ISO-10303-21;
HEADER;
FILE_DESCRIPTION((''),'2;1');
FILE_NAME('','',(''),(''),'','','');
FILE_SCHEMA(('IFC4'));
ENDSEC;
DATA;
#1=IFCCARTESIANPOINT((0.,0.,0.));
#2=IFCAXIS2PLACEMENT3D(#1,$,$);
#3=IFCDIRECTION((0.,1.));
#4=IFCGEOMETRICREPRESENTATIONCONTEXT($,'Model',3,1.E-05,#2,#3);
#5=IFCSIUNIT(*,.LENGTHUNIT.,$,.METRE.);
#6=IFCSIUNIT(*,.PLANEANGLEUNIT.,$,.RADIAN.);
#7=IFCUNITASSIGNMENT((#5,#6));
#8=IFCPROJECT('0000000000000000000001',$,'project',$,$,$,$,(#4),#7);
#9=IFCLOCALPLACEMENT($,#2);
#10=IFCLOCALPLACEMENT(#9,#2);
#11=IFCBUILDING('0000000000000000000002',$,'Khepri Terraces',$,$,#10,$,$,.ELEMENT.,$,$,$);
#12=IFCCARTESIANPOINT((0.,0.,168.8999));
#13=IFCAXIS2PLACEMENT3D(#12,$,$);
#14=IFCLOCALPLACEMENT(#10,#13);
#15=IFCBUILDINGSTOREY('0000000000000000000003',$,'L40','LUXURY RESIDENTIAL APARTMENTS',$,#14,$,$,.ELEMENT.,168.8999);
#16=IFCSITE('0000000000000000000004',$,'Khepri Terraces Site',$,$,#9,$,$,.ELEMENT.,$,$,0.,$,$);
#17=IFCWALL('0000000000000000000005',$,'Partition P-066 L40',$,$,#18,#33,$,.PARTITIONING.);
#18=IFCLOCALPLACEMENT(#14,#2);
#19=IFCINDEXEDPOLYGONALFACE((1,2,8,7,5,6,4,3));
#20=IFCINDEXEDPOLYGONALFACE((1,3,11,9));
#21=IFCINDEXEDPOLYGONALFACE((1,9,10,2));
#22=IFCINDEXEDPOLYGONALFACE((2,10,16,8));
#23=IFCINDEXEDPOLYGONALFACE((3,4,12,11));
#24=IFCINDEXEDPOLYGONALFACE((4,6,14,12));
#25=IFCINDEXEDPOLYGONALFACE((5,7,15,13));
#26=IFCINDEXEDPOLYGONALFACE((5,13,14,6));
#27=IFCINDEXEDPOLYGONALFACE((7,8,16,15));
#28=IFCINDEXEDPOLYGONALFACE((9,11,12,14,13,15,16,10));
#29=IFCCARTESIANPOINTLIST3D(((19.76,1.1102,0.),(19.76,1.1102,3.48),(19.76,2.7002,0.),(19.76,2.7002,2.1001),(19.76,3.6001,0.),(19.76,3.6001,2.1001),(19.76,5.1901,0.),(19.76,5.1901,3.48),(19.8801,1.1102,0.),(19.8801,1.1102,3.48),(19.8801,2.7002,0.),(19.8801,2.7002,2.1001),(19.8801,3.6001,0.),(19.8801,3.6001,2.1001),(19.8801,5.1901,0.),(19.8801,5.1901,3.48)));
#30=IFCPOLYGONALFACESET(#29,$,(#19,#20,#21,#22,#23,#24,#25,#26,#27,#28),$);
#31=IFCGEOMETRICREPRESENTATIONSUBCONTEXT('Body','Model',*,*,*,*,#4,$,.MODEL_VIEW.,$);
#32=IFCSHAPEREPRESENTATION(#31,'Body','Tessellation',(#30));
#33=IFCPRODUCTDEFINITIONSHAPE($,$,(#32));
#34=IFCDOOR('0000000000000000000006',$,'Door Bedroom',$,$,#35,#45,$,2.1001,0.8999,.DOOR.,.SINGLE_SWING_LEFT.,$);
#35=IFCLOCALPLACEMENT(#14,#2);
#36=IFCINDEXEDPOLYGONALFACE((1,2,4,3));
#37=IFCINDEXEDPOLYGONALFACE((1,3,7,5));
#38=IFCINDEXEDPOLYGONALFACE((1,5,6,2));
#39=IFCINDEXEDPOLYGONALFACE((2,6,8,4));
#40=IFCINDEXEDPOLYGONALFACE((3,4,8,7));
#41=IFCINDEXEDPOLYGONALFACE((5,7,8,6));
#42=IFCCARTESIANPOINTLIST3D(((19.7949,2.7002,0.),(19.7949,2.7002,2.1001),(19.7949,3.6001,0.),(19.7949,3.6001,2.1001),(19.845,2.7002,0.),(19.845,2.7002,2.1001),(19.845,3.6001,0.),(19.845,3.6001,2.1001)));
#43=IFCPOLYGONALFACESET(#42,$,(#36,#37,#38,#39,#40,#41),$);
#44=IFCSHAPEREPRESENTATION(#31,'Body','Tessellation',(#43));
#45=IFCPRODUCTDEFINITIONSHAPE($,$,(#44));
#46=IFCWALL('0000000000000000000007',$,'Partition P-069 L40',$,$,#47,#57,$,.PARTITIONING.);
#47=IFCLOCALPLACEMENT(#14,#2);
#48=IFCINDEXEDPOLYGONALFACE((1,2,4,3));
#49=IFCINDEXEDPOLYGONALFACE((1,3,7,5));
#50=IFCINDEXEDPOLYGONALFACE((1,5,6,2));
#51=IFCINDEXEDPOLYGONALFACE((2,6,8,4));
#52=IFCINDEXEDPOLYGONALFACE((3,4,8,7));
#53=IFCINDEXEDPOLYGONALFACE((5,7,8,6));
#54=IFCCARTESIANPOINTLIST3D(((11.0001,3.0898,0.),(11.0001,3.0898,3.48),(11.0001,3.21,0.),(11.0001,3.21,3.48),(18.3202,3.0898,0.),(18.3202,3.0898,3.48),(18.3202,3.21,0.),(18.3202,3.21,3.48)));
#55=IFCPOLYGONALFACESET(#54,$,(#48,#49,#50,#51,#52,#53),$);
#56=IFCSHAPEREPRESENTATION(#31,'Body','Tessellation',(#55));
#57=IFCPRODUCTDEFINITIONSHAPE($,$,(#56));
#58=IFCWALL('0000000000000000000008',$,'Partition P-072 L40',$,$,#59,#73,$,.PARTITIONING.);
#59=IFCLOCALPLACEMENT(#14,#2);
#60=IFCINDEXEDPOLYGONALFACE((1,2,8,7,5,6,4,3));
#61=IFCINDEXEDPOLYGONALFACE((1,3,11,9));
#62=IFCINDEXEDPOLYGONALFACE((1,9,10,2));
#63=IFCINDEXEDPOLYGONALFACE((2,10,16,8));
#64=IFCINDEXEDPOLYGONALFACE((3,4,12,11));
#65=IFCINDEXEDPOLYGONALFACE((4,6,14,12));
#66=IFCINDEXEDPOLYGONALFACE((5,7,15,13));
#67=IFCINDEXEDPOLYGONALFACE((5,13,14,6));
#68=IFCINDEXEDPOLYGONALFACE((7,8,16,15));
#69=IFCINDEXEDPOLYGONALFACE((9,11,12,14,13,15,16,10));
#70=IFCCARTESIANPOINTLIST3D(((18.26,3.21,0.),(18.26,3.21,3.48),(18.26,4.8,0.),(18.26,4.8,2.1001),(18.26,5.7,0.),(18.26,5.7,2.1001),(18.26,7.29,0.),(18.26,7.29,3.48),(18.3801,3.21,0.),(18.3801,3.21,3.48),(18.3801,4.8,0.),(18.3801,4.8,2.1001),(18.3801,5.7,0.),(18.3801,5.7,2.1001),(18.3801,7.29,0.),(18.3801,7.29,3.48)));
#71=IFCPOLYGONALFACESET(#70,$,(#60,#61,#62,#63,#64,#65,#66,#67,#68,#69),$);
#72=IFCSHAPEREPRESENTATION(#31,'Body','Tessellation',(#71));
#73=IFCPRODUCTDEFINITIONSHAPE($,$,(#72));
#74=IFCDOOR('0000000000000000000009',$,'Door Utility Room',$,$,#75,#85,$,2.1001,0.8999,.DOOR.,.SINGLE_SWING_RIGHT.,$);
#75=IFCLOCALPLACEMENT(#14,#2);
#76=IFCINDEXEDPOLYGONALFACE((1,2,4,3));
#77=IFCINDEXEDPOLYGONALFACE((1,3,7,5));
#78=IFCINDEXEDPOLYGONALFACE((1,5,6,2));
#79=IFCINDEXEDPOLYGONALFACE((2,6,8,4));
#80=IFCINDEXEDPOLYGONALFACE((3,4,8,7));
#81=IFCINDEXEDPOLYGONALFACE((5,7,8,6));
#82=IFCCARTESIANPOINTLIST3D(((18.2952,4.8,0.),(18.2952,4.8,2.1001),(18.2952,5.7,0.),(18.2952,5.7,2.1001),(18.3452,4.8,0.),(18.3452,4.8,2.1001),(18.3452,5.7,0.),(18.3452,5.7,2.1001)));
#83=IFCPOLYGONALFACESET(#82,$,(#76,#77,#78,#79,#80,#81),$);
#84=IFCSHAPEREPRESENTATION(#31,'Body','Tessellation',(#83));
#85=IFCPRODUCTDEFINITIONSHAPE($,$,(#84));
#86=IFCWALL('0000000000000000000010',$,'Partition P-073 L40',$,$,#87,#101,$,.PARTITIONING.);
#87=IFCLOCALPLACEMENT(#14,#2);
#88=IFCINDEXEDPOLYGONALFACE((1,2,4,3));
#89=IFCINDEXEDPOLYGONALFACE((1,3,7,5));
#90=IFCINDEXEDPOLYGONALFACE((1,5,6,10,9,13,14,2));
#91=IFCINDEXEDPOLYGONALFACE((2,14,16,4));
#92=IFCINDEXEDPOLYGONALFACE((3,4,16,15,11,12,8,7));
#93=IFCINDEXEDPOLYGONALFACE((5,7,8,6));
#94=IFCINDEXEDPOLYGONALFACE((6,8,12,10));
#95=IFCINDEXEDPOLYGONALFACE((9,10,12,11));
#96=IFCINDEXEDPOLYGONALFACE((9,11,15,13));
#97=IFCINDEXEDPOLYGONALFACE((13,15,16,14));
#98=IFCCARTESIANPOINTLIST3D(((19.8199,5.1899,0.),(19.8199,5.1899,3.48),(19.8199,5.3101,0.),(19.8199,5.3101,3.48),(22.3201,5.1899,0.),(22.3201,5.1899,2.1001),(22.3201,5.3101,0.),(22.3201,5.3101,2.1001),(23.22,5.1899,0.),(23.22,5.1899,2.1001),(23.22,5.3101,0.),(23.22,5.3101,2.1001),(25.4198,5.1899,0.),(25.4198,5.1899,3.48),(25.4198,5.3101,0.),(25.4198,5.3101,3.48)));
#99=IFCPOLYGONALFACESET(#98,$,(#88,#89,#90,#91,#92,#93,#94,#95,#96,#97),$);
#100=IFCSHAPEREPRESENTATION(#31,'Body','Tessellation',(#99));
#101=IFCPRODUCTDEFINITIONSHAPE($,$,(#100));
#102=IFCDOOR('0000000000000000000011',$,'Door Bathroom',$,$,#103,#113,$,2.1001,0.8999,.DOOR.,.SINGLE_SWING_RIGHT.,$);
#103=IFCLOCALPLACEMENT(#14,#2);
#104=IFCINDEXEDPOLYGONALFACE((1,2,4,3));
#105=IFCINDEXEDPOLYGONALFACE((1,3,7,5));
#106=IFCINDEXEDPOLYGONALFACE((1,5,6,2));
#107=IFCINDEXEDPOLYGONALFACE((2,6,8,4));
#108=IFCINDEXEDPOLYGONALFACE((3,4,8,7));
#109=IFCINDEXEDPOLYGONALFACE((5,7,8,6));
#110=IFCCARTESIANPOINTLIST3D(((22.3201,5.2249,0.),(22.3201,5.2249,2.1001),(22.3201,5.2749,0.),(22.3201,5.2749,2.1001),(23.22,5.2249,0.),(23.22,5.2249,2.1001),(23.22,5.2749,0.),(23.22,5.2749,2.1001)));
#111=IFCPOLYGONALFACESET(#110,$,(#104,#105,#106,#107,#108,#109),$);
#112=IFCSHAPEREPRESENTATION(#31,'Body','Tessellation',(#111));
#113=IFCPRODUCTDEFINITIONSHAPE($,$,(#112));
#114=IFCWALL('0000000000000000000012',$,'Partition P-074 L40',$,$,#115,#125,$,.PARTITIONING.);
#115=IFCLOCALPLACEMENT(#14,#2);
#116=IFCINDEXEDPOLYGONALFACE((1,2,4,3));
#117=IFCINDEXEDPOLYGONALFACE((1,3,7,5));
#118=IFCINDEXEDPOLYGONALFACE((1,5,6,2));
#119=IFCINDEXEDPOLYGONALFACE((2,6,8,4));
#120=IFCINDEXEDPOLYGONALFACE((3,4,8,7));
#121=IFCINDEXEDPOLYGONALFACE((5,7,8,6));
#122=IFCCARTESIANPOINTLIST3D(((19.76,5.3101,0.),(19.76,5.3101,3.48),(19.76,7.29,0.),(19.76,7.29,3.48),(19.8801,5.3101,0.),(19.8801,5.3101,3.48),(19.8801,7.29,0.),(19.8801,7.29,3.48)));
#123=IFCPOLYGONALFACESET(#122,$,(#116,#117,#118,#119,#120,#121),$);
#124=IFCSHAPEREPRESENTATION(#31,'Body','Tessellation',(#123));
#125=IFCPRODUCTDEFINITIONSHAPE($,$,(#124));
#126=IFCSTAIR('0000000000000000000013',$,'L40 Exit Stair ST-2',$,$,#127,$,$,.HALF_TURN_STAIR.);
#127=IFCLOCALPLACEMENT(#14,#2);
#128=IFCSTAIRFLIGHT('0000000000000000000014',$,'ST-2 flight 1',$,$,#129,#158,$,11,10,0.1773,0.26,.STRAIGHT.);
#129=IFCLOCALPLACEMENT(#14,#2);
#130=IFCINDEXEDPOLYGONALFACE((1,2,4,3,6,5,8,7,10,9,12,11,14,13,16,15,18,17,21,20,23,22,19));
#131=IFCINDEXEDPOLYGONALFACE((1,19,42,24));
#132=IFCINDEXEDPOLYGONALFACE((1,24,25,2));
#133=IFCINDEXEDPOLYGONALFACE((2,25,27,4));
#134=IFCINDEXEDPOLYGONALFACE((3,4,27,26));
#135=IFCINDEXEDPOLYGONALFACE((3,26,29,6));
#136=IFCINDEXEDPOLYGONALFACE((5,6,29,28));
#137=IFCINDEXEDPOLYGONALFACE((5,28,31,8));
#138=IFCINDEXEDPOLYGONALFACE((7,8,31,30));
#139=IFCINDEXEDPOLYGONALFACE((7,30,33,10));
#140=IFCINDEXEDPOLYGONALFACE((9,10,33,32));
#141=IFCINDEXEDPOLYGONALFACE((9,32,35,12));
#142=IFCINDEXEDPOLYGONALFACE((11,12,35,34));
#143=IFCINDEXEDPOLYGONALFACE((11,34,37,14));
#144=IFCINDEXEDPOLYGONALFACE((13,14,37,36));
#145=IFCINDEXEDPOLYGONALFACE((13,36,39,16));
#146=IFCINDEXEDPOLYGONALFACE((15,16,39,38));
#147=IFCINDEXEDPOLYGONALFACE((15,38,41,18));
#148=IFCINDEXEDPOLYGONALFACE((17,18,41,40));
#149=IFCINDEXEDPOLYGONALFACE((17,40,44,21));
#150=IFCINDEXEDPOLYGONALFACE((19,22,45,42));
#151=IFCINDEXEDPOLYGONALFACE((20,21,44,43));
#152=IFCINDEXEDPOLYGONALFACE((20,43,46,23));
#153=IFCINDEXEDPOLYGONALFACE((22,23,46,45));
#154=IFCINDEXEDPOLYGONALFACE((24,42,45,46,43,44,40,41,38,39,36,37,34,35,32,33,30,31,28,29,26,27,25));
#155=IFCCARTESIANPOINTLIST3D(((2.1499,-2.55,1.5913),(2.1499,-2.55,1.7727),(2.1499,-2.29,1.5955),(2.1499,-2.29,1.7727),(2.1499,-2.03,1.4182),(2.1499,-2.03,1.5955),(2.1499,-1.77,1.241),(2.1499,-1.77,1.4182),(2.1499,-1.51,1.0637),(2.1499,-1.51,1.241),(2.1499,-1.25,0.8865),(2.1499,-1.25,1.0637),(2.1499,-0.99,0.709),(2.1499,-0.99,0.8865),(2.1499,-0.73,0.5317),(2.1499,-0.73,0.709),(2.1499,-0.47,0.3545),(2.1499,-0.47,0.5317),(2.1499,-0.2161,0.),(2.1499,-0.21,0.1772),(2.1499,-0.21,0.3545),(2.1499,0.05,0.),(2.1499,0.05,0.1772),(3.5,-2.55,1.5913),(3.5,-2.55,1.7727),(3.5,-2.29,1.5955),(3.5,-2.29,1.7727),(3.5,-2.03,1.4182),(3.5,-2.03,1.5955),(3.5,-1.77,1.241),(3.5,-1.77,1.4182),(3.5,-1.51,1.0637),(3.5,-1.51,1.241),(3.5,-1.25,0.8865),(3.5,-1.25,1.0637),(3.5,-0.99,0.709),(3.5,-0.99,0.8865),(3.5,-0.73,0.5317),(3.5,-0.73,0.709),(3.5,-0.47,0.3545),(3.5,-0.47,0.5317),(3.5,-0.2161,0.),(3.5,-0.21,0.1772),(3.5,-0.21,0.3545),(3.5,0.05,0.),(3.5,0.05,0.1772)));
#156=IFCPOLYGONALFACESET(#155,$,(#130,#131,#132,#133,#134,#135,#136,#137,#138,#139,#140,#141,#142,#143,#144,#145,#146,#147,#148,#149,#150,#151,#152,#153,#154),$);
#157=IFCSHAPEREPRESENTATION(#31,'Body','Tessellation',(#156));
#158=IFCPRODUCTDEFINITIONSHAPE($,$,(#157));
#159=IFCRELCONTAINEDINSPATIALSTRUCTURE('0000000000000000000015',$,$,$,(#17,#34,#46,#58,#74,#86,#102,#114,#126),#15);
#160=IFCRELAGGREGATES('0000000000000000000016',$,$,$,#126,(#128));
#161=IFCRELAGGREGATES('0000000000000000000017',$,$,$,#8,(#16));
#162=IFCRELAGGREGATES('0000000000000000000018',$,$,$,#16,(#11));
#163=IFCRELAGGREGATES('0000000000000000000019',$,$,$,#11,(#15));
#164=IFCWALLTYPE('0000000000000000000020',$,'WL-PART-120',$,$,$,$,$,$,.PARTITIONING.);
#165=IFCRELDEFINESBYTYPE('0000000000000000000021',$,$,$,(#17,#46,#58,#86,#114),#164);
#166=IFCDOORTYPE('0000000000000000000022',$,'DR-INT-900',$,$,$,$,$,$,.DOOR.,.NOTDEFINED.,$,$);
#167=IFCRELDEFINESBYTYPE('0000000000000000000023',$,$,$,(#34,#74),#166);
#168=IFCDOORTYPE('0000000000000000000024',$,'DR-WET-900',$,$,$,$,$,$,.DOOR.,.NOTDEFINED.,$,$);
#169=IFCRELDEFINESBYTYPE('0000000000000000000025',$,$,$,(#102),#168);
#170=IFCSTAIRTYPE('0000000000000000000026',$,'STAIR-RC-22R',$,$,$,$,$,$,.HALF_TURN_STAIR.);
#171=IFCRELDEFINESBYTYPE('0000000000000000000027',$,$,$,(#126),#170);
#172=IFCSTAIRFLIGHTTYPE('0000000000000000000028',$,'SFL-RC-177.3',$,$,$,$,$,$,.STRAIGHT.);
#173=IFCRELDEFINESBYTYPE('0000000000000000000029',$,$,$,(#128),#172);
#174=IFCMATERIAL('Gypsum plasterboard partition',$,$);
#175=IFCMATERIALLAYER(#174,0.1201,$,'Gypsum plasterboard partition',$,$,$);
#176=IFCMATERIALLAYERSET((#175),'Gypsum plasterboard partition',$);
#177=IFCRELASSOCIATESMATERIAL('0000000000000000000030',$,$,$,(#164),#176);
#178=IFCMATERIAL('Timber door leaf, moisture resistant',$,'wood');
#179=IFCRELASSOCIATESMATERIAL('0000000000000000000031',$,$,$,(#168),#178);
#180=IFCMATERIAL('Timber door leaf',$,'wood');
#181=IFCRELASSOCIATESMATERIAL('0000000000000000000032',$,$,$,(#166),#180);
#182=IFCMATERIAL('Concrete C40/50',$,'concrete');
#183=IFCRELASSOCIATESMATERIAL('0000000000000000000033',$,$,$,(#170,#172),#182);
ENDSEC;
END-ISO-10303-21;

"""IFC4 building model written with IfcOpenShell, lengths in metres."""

from ifc_helpers import new_model, si_unit, direction, frame, frame_2d, origin, place, context, subcontext, project, spatial, polyline, rectangle, outline, extrude, material, layer, layer_set, type_object, element, fill, aggregate, save


model = new_model("IFC4")

# Units and contexts
model_context = context("Model", 3, precision=1e-05, world=origin(), true_north=direction((0.0, 1.0)))
body_context = subcontext(model_context, "Body", "Model", "MODEL_VIEW")
ifc_project = project(units=[si_unit("LENGTHUNIT", "METRE"), si_unit("PLANEANGLEUNIT", "RADIAN")], contexts=[model_context])

# Site, building, storey
site_placement = place(None, origin())
site = spatial("IfcSite", under=ifc_project, at=site_placement, Name="Khepri Terraces Site", CompositionType="ELEMENT", RefElevation=0.0)
building_placement = place(site_placement, origin())
building = spatial("IfcBuilding", under=site, at=building_placement, Name="Khepri Terraces", CompositionType="ELEMENT")
storey_placement = place(building_placement, frame((0.0, 0.0, 168.8999)))
storey = spatial("IfcBuildingStorey", under=building, at=storey_placement, Name="L40", Description="LUXURY RESIDENTIAL APARTMENTS", CompositionType="ELEMENT", Elevation=168.8999)

# Shared definitions
ifc_material_1 = material(Name="Gypsum plasterboard partition")
ifc_layer_1 = layer(ifc_material_1, 0.1201, Name="Gypsum plasterboard partition")
ifc_layer_set_1 = layer_set([ifc_layer_1], Name="Gypsum plasterboard partition")
wall_type_1 = type_object("IfcWallType", Name="WL-PART-120", PredefinedType="PARTITIONING", material=ifc_layer_set_1)

# Wall, opening, door
ifc_material_2 = material(Name="Timber door leaf, moisture resistant", Category="wood")
door_type_1 = type_object("IfcDoorType", Name="DR-WET-900", OperationType="NOTDEFINED", PredefinedType="DOOR", material=ifc_material_2)
wall_1_placement = place(storey_placement, frame((19.8201, 1.1101, 0.0), z_axis=(0.0, 0.0, 1.0), x_axis=(0.0, 1.0, 0.0)))
wall_1 = element("IfcWall", 1, at=wall_1_placement, inside=storey, type_object=wall_type_1, Name="Partition P-066 L40", PredefinedType="PARTITIONING", context=body_context, shape_type="SweptSolid", body=[
    extrude(rectangle(XDim=4.0798, YDim=0.1201, at=frame_2d((2.04, 0.0))), origin(), (0.0, 0.0, 1.0), 3.48),
])
opening_1_placement = place(wall_1_placement, frame((1.5901, 0.0, 0.0)))
opening_1 = element("IfcOpeningElement", 2, at=opening_1_placement, cuts=wall_1, PredefinedType="OPENING", context=body_context, shape_type="SweptSolid", body=[
    extrude(rectangle(XDim=0.8999, YDim=2.1001, at=frame_2d((0.45, 1.05))), frame((0.0, 0.0701, 0.0), z_axis=(0.0, -1.0, 0.0), x_axis=(1.0, 0.0, 0.0)), (0.0, 0.0, 1.0), 0.1401),
])
ifc_material_3 = material(Name="Timber door leaf", Category="wood")
door_type_2 = type_object("IfcDoorType", Name="DR-INT-900", OperationType="NOTDEFINED", PredefinedType="DOOR", material=ifc_material_3)
door_1_placement = place(opening_1_placement, frame((0.8999, 0.0, 0.0), z_axis=(0.0, 0.0, 1.0), x_axis=(-1.0, 0.0, 0.0)))
door_1 = element("IfcDoor", 3, at=door_1_placement, inside=storey, type_object=door_type_2, Name="Door Bedroom", OperationType="SINGLE_SWING_LEFT", OverallHeight=2.1001, OverallWidth=0.8999, PredefinedType="DOOR", context=body_context, shape_type="SweptSolid", body=[
    extrude(rectangle(XDim=0.8999, YDim=2.1001, at=frame_2d((0.45, 1.05))), frame((0.0, 0.0249, 0.0), z_axis=(0.0, -1.0, 0.0), x_axis=(1.0, 0.0, 0.0)), (0.0, 0.0, 1.0), 0.05),
])
fill(opening_1, door_1)

# Wall
wall_2_placement = place(storey_placement, frame((11.0, 3.1499, 0.0), z_axis=(0.0, 0.0, 1.0), x_axis=(1.0, 0.0, 0.0)))
element("IfcWall", 4, at=wall_2_placement, inside=storey, type_object=wall_type_1, Name="Partition P-069 L40", PredefinedType="PARTITIONING", context=body_context, shape_type="SweptSolid", body=[
    extrude(rectangle(XDim=7.3201, YDim=0.1201, at=frame_2d((3.6602, 0.0))), origin(), (0.0, 0.0, 1.0), 3.48),
])

# Walls, openings, doors
wall_3_placement = place(storey_placement, frame((18.3201, 3.21, 0.0), z_axis=(0.0, 0.0, 1.0), x_axis=(0.0, 1.0, 0.0)))
wall_3 = element("IfcWall", 5, at=wall_3_placement, inside=storey, type_object=wall_type_1, Name="Partition P-072 L40", PredefinedType="PARTITIONING", context=body_context, shape_type="SweptSolid", body=[
    extrude(rectangle(XDim=4.0801, YDim=0.1201, at=frame_2d((2.04, 0.0))), origin(), (0.0, 0.0, 1.0), 3.48),
])
opening_2_placement = place(wall_3_placement, frame((1.5901, 0.0, 0.0)))
opening_2 = element("IfcOpeningElement", 6, at=opening_2_placement, cuts=wall_3, PredefinedType="OPENING", context=body_context, shape_type="SweptSolid", body=[
    extrude(rectangle(XDim=0.8999, YDim=2.1001, at=frame_2d((0.45, 1.05))), frame((0.0, 0.0701, 0.0), z_axis=(0.0, -1.0, 0.0), x_axis=(1.0, 0.0, 0.0)), (0.0, 0.0, 1.0), 0.1401),
])
door_2_placement = place(opening_2_placement, origin())
door_2 = element("IfcDoor", 7, at=door_2_placement, inside=storey, type_object=door_type_2, Name="Door Utility Room", OperationType="SINGLE_SWING_RIGHT", OverallHeight=2.1001, OverallWidth=0.8999, PredefinedType="DOOR", context=body_context, shape_type="SweptSolid", body=[
    extrude(rectangle(XDim=0.8999, YDim=2.1001, at=frame_2d((0.45, 1.05))), frame((0.0, 0.0249, 0.0), z_axis=(0.0, -1.0, 0.0), x_axis=(1.0, 0.0, 0.0)), (0.0, 0.0, 1.0), 0.05),
])
fill(opening_2, door_2)
wall_4_placement = place(storey_placement, frame((19.8201, 5.25, 0.0), z_axis=(0.0, 0.0, 1.0), x_axis=(1.0, 0.0, 0.0)))
wall_4 = element("IfcWall", 8, at=wall_4_placement, inside=storey, type_object=wall_type_1, Name="Partition P-073 L40", PredefinedType="PARTITIONING", context=body_context, shape_type="SweptSolid", body=[
    extrude(rectangle(XDim=5.5999, YDim=0.1201, at=frame_2d((2.7998, 0.0))), origin(), (0.0, 0.0, 1.0), 3.48),
])
opening_3_placement = place(wall_4_placement, frame((2.5, 0.0, 0.0)))
opening_3 = element("IfcOpeningElement", 9, at=opening_3_placement, cuts=wall_4, PredefinedType="OPENING", context=body_context, shape_type="SweptSolid", body=[
    extrude(rectangle(XDim=0.8999, YDim=2.1001, at=frame_2d((0.45, 1.05))), frame((0.0, 0.0701, 0.0), z_axis=(0.0, -1.0, 0.0), x_axis=(1.0, 0.0, 0.0)), (0.0, 0.0, 1.0), 0.1401),
])
door_3_placement = place(opening_3_placement, origin())
door_3 = element("IfcDoor", 10, at=door_3_placement, inside=storey, type_object=door_type_1, Name="Door Bathroom", OperationType="SINGLE_SWING_RIGHT", OverallHeight=2.1001, OverallWidth=0.8999, PredefinedType="DOOR", context=body_context, shape_type="SweptSolid", body=[
    extrude(rectangle(XDim=0.8999, YDim=2.1001, at=frame_2d((0.45, 1.05))), frame((0.0, 0.0249, 0.0), z_axis=(0.0, -1.0, 0.0), x_axis=(1.0, 0.0, 0.0)), (0.0, 0.0, 1.0), 0.05),
])
fill(opening_3, door_3)

# Wall
wall_5_placement = place(storey_placement, frame((19.8201, 5.3101, 0.0), z_axis=(0.0, 0.0, 1.0), x_axis=(0.0, 1.0, 0.0)))
element("IfcWall", 11, at=wall_5_placement, inside=storey, type_object=wall_type_1, Name="Partition P-074 L40", PredefinedType="PARTITIONING", context=body_context, shape_type="SweptSolid", body=[
    extrude(rectangle(XDim=1.98, YDim=0.1201, at=frame_2d((0.99, 0.0))), origin(), (0.0, 0.0, 1.0), 3.48),
])

# Stair, stair flight
ifc_material_4 = material(Name="Concrete C40/50", Category="concrete")
stair_type = type_object("IfcStairType", Name="STAIR-RC-22R", PredefinedType="HALF_TURN_STAIR", material=ifc_material_4)
stair_placement = place(storey_placement, origin())
stair = element("IfcStair", 12, at=stair_placement, inside=storey, type_object=stair_type, Name="L40 Exit Stair ST-2", PredefinedType="HALF_TURN_STAIR")
stair_flight_type = type_object("IfcStairFlightType", Name="SFL-RC-177.3", PredefinedType="STRAIGHT", material=ifc_material_4)
stair_flight_placement = place(storey_placement, frame((2.825, 0.05, 0.0), z_axis=(0.0, 0.0, 1.0), x_axis=(0.0, -1.0, 0.0)))
stair_flight = element("IfcStairFlight", 13, at=stair_flight_placement, type_object=stair_flight_type, Name="ST-2 flight 1", NumberOfRisers=11, NumberOfTreads=10, PredefinedType="STRAIGHT", RiserHeight=0.1773, TreadLength=0.26, context=body_context, shape_type="SweptSolid", body=[
    extrude(outline(polyline([(0.0, 0.0), (0.0, 0.1772), (0.26, 0.1772), (0.26, 0.3545), (0.52, 0.3545), (0.52, 0.5317), (0.78, 0.5317), (0.78, 0.709), (1.04, 0.709), (1.04, 0.8865), (1.3, 0.8865), (1.3, 1.0637), (1.5601, 1.0637), (1.5601, 1.241), (1.8201, 1.241), (1.8201, 1.4182), (2.0801, 1.4182), (2.0801, 1.5955), (2.3401, 1.5955), (2.3401, 1.7727), (2.6001, 1.7727), (2.6001, 1.95), (2.6001, 1.5913), (0.2661, 0.0), (0.0, 0.0)])), frame((0.0, 0.675, 0.0), z_axis=(0.0, -1.0, 0.0), x_axis=(1.0, 0.0, 0.0)), (0.0, 0.0, 1.0), 1.3501),
])
aggregate(stair, [stair_flight])

save(model, "model.ifc")
